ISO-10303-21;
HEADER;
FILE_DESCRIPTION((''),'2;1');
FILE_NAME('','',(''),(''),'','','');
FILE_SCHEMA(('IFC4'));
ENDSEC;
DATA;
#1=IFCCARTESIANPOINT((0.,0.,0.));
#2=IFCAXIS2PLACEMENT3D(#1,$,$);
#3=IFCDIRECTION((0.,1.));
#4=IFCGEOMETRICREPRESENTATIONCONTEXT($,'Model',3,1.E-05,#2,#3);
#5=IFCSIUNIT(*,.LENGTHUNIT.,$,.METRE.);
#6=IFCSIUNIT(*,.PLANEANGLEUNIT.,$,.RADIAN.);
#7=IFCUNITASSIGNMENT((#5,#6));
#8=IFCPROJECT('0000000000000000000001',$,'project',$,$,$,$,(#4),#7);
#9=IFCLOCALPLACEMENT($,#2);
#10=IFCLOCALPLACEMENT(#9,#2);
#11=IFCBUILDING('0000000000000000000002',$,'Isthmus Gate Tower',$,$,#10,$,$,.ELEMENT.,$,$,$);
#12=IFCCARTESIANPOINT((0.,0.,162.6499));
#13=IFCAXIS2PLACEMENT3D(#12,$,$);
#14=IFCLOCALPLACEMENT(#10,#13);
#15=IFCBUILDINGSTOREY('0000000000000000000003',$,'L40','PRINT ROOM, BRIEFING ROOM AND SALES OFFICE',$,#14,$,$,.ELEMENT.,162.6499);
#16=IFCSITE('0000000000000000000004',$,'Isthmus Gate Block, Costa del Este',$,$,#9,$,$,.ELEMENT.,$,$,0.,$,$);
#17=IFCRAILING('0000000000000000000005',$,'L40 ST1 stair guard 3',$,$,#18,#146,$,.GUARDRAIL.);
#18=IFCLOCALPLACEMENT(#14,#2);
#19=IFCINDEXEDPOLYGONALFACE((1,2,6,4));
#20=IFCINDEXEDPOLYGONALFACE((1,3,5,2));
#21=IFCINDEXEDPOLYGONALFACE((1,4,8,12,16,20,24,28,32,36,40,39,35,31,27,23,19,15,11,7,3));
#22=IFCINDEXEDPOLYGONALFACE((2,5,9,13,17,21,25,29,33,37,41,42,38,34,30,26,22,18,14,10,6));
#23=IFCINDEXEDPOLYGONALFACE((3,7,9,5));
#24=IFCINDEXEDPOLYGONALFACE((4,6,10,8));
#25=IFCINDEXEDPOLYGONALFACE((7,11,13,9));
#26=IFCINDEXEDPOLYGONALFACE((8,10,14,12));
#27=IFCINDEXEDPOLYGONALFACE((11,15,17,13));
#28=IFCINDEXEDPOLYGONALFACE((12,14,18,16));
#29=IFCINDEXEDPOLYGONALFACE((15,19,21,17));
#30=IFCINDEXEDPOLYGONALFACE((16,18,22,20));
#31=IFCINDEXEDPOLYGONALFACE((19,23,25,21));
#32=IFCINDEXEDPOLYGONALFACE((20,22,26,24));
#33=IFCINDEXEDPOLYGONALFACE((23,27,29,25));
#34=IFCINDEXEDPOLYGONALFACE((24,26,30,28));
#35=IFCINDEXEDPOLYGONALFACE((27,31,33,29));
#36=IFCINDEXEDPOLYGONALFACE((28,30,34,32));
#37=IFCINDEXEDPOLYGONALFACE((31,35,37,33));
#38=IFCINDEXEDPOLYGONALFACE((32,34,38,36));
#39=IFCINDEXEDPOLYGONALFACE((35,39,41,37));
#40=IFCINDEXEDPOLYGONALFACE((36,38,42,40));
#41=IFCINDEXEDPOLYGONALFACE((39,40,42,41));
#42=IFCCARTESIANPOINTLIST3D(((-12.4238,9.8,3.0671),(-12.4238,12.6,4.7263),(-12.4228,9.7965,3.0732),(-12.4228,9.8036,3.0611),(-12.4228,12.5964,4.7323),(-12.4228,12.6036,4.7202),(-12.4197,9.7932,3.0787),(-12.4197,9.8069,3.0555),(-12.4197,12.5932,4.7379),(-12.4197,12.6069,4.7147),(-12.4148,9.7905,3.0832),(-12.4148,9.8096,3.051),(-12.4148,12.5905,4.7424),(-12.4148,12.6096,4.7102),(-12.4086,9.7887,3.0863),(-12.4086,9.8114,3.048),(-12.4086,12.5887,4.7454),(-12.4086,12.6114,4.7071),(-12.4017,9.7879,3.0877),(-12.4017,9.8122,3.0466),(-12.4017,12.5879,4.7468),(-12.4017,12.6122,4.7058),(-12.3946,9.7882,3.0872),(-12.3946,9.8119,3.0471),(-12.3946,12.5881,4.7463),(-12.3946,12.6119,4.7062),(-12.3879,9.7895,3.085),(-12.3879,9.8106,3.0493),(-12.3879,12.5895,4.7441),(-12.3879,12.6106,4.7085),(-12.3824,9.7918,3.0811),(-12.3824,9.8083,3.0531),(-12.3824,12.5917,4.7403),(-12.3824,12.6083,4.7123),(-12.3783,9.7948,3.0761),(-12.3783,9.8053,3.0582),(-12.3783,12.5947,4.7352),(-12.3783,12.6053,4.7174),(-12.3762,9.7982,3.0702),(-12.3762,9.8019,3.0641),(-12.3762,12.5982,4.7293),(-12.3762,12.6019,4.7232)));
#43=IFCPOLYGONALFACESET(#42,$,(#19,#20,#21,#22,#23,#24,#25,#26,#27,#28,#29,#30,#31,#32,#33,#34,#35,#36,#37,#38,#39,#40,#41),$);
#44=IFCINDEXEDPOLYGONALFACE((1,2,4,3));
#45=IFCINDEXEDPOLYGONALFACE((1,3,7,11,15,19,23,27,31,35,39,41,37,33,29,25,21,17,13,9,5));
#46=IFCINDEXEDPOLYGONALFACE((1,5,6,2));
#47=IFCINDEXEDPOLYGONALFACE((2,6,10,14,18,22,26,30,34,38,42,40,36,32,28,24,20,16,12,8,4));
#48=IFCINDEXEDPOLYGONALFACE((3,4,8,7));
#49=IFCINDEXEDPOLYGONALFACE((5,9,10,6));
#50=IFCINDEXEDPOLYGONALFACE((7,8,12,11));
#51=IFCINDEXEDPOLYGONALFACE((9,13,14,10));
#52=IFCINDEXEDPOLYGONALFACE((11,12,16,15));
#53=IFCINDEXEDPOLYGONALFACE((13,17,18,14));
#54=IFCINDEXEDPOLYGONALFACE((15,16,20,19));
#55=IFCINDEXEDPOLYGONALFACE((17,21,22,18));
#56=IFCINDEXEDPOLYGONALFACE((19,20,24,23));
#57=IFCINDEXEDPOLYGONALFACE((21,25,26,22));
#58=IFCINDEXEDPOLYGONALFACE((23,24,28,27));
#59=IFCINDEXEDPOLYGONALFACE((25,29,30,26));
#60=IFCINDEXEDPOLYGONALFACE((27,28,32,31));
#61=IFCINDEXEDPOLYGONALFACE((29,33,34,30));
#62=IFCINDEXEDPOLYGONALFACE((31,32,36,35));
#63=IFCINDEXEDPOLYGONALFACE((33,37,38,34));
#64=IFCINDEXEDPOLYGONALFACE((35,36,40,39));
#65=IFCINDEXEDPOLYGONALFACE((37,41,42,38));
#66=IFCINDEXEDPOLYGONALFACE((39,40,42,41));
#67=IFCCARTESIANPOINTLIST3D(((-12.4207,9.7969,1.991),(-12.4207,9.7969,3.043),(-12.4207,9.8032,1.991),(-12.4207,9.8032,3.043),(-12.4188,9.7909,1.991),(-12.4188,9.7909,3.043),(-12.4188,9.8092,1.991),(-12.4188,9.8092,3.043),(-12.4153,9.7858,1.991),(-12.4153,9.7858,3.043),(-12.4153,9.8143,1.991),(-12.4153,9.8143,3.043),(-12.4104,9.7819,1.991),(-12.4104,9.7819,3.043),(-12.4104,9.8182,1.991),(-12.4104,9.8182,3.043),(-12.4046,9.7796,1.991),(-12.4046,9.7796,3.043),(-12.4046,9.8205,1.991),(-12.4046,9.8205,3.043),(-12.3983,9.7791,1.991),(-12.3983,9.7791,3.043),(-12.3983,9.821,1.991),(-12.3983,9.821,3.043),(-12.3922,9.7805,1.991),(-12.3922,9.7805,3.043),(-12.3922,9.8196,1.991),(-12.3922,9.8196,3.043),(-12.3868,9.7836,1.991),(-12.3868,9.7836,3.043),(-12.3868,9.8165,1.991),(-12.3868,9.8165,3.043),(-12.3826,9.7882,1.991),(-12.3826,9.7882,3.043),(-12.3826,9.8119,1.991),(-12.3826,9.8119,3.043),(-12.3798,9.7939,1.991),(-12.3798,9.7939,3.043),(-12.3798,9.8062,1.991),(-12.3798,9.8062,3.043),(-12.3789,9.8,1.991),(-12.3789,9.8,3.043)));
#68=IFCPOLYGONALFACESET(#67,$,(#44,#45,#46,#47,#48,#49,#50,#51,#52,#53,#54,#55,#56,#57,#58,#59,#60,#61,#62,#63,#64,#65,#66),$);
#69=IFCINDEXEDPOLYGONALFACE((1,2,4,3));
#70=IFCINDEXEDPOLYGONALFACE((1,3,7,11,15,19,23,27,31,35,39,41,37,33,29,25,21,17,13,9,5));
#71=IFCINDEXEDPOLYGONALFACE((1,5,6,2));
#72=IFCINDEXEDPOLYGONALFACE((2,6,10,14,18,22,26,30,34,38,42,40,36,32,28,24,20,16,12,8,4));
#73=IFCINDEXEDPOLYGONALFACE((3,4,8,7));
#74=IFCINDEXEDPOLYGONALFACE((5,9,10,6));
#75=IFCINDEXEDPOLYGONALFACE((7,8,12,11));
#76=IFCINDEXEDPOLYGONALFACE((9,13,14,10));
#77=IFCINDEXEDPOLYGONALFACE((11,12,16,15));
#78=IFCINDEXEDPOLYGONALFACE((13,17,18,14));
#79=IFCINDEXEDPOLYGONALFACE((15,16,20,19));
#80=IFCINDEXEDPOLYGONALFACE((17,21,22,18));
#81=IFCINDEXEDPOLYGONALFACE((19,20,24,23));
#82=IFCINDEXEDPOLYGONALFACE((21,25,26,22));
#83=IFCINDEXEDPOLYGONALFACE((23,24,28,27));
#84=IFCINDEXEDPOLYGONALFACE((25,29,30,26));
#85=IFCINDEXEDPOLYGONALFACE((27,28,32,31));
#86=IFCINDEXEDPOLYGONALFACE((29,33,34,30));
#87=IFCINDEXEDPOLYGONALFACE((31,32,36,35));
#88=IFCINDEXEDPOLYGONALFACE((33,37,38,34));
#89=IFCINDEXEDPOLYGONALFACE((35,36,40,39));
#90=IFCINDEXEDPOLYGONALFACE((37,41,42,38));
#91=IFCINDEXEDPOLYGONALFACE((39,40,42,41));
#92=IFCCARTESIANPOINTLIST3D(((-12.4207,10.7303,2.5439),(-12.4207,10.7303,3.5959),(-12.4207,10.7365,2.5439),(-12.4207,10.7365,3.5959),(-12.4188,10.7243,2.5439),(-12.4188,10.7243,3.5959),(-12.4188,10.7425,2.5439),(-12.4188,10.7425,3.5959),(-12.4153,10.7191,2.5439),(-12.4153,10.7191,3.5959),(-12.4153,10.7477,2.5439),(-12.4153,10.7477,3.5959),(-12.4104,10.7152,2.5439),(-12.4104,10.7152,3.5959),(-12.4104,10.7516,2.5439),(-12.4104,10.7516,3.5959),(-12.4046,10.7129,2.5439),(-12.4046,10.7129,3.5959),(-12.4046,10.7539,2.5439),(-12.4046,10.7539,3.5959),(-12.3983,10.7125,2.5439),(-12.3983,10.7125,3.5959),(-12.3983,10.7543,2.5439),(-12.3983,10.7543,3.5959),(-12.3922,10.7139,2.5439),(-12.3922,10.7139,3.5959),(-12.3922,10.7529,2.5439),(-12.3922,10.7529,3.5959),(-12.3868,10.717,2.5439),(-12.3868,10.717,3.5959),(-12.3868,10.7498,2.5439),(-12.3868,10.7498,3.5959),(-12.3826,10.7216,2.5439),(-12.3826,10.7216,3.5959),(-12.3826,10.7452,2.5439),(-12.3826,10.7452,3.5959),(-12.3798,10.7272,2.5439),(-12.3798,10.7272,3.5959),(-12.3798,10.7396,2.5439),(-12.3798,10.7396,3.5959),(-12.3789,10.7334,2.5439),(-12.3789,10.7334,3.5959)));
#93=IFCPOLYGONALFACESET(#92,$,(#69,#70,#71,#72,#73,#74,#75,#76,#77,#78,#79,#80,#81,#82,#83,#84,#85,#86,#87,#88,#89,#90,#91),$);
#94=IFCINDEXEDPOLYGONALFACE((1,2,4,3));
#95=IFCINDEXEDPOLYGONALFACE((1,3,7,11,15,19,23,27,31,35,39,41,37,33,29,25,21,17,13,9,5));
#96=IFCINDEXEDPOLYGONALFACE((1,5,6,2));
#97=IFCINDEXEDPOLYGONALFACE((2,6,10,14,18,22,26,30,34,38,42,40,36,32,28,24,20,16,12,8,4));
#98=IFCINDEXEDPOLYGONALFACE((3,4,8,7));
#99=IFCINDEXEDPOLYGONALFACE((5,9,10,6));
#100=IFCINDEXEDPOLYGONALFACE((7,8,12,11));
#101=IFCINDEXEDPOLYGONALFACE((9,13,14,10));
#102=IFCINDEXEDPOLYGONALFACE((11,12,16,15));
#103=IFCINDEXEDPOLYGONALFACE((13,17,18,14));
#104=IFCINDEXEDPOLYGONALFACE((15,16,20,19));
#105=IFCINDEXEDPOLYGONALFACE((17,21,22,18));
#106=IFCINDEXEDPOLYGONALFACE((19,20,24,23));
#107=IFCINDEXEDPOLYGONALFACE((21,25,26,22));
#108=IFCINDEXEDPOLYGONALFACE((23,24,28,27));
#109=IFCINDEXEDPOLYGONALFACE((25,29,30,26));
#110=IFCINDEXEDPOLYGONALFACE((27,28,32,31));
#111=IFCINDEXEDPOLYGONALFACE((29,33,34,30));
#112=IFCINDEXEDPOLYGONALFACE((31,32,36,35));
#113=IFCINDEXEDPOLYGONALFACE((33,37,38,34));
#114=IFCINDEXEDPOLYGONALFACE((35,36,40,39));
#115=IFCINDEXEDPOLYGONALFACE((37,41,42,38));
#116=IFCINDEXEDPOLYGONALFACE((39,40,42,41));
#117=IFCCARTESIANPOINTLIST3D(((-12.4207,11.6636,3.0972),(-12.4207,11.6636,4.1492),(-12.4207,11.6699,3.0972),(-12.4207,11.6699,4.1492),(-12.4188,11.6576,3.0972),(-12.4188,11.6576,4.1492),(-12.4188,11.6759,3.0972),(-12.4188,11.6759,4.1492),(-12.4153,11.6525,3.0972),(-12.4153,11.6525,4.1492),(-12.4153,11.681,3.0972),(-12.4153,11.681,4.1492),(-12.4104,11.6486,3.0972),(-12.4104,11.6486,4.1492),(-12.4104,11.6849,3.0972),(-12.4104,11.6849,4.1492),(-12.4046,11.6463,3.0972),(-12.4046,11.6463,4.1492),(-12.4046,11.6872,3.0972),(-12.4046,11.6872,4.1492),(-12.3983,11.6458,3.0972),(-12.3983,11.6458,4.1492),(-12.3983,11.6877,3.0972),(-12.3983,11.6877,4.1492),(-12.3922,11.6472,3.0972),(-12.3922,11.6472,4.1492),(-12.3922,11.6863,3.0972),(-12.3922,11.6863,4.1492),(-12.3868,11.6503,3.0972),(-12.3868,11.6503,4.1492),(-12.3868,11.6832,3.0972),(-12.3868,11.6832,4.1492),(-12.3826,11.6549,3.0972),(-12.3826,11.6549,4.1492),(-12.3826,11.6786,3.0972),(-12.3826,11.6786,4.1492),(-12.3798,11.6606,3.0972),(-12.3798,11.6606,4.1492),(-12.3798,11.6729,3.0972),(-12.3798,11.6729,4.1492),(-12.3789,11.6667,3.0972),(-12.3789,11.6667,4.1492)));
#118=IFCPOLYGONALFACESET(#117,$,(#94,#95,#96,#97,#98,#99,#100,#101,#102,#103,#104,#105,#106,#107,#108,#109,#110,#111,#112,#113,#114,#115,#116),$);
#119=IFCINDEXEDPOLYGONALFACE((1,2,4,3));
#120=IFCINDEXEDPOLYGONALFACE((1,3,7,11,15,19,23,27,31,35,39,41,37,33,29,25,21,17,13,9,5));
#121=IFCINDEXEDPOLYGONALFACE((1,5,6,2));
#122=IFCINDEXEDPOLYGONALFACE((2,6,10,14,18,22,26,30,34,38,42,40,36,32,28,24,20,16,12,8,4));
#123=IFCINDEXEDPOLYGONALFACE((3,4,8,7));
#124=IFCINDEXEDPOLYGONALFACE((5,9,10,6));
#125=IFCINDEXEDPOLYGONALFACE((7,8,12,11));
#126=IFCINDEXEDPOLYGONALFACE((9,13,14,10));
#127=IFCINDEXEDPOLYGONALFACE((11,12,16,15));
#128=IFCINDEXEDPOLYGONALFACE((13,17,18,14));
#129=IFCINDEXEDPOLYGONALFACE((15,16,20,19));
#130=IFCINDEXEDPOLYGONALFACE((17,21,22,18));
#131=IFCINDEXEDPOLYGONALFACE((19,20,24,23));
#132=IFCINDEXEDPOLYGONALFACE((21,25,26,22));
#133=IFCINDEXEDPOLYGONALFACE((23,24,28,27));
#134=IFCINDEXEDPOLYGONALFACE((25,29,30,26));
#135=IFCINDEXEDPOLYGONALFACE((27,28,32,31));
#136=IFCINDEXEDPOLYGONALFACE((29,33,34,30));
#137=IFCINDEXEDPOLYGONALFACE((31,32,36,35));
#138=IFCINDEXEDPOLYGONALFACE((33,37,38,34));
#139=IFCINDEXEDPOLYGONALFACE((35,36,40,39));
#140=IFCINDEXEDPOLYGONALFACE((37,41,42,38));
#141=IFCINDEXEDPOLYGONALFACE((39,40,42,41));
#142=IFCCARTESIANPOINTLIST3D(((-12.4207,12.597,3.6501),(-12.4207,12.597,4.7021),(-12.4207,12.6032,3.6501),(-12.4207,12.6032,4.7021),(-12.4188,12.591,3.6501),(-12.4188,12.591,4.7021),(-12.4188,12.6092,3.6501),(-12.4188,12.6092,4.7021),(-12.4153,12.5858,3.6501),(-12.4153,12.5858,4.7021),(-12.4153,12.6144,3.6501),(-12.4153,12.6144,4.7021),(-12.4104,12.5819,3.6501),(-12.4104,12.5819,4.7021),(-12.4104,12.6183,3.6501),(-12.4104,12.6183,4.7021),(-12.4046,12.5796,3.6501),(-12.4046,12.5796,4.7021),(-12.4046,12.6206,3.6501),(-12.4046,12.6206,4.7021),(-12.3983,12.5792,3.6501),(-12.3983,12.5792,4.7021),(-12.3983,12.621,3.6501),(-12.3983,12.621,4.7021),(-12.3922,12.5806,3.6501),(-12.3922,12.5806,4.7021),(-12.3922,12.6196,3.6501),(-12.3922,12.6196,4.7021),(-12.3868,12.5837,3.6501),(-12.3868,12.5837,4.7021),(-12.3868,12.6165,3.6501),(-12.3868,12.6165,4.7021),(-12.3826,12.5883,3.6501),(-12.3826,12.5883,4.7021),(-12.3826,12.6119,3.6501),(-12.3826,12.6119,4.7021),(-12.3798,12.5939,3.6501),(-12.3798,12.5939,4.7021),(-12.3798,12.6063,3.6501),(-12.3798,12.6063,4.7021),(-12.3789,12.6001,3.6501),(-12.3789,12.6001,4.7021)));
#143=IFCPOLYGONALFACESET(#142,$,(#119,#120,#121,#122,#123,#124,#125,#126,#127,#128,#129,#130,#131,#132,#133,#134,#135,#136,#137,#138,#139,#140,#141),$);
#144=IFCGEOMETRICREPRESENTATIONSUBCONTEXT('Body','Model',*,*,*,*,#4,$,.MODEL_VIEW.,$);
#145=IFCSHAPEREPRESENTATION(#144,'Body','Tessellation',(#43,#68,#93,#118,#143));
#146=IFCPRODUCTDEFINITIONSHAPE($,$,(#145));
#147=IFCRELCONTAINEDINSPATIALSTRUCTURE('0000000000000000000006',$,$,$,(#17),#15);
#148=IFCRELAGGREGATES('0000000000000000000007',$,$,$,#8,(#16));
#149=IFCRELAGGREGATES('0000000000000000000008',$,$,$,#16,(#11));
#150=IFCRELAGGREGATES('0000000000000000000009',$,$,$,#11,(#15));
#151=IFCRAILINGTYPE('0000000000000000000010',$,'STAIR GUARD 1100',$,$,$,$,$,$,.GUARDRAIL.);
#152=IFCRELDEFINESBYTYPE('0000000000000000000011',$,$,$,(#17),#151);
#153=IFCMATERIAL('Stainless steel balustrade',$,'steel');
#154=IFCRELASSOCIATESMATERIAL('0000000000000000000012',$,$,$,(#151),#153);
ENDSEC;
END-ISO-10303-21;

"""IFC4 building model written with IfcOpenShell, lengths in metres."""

from ifc_helpers import new_model, si_unit, direction, frame, origin, origin_2d, place, context, subcontext, project, spatial, circle, extrude, material, type_object, element, save


model = new_model("IFC4")

# Units and contexts
model_context = context("Model", 3, precision=1e-05, world=origin(), true_north=direction((0.0, 1.0)))
body_context = subcontext(model_context, "Body", "Model", "MODEL_VIEW")
ifc_project = project(units=[si_unit("LENGTHUNIT", "METRE"), si_unit("PLANEANGLEUNIT", "RADIAN")], contexts=[model_context])

# Site, building, storey
site_placement = place(None, origin())
site = spatial("IfcSite", under=ifc_project, at=site_placement, Name="Isthmus Gate Block, Costa del Este", CompositionType="ELEMENT", RefElevation=0.0)
building_placement = place(site_placement, origin())
building = spatial("IfcBuilding", under=site, at=building_placement, Name="Isthmus Gate Tower", CompositionType="ELEMENT")
storey_placement = place(building_placement, frame((0.0, 0.0, 162.6499)))
storey = spatial("IfcBuildingStorey", under=building, at=storey_placement, Name="L40", Description="PRINT ROOM, BRIEFING ROOM AND SALES OFFICE", CompositionType="ELEMENT", Elevation=162.6499)

# Railing
ifc_material_1 = material(Name="Stainless steel balustrade", Category="steel")
railing_type_1 = type_object("IfcRailingType", Name="STAIR GUARD 1100", PredefinedType="GUARDRAIL", material=ifc_material_1)
for number, where, name in (
    (1, (-12.3999, 9.8, 1.991), "L40 ST1 stair guard 3"),
):
    element("IfcRailing", number, at=place(storey_placement, frame(where)), inside=storey, type_object=railing_type_1, Name=name, PredefinedType="GUARDRAIL", context=body_context, shape_type="SweptSolid", body=[
        extrude(circle(Radius=0.0239, at=origin_2d()), frame((0.0, 0.0, 1.0762), z_axis=(0.0, 0.860306, 0.509778), x_axis=(-1.0, 0.0, 0.0)), (0.0, 0.0, 1.0), 3.2546),
        extrude(circle(Radius=0.021, at=origin_2d()), origin(), (0.0, 0.0, 1.0), 1.052),
        extrude(circle(Radius=0.021, at=origin_2d()), frame((0.0, 0.9333, 0.553)), (0.0, 0.0, 1.0), 1.052),
        extrude(circle(Radius=0.021, at=origin_2d()), frame((0.0, 1.8667, 1.1062)), (0.0, 0.0, 1.0), 1.052),
        extrude(circle(Radius=0.021, at=origin_2d()), frame((0.0, 2.8, 1.6592)), (0.0, 0.0, 1.0), 1.052),
    ])

save(model, "model.ifc")
